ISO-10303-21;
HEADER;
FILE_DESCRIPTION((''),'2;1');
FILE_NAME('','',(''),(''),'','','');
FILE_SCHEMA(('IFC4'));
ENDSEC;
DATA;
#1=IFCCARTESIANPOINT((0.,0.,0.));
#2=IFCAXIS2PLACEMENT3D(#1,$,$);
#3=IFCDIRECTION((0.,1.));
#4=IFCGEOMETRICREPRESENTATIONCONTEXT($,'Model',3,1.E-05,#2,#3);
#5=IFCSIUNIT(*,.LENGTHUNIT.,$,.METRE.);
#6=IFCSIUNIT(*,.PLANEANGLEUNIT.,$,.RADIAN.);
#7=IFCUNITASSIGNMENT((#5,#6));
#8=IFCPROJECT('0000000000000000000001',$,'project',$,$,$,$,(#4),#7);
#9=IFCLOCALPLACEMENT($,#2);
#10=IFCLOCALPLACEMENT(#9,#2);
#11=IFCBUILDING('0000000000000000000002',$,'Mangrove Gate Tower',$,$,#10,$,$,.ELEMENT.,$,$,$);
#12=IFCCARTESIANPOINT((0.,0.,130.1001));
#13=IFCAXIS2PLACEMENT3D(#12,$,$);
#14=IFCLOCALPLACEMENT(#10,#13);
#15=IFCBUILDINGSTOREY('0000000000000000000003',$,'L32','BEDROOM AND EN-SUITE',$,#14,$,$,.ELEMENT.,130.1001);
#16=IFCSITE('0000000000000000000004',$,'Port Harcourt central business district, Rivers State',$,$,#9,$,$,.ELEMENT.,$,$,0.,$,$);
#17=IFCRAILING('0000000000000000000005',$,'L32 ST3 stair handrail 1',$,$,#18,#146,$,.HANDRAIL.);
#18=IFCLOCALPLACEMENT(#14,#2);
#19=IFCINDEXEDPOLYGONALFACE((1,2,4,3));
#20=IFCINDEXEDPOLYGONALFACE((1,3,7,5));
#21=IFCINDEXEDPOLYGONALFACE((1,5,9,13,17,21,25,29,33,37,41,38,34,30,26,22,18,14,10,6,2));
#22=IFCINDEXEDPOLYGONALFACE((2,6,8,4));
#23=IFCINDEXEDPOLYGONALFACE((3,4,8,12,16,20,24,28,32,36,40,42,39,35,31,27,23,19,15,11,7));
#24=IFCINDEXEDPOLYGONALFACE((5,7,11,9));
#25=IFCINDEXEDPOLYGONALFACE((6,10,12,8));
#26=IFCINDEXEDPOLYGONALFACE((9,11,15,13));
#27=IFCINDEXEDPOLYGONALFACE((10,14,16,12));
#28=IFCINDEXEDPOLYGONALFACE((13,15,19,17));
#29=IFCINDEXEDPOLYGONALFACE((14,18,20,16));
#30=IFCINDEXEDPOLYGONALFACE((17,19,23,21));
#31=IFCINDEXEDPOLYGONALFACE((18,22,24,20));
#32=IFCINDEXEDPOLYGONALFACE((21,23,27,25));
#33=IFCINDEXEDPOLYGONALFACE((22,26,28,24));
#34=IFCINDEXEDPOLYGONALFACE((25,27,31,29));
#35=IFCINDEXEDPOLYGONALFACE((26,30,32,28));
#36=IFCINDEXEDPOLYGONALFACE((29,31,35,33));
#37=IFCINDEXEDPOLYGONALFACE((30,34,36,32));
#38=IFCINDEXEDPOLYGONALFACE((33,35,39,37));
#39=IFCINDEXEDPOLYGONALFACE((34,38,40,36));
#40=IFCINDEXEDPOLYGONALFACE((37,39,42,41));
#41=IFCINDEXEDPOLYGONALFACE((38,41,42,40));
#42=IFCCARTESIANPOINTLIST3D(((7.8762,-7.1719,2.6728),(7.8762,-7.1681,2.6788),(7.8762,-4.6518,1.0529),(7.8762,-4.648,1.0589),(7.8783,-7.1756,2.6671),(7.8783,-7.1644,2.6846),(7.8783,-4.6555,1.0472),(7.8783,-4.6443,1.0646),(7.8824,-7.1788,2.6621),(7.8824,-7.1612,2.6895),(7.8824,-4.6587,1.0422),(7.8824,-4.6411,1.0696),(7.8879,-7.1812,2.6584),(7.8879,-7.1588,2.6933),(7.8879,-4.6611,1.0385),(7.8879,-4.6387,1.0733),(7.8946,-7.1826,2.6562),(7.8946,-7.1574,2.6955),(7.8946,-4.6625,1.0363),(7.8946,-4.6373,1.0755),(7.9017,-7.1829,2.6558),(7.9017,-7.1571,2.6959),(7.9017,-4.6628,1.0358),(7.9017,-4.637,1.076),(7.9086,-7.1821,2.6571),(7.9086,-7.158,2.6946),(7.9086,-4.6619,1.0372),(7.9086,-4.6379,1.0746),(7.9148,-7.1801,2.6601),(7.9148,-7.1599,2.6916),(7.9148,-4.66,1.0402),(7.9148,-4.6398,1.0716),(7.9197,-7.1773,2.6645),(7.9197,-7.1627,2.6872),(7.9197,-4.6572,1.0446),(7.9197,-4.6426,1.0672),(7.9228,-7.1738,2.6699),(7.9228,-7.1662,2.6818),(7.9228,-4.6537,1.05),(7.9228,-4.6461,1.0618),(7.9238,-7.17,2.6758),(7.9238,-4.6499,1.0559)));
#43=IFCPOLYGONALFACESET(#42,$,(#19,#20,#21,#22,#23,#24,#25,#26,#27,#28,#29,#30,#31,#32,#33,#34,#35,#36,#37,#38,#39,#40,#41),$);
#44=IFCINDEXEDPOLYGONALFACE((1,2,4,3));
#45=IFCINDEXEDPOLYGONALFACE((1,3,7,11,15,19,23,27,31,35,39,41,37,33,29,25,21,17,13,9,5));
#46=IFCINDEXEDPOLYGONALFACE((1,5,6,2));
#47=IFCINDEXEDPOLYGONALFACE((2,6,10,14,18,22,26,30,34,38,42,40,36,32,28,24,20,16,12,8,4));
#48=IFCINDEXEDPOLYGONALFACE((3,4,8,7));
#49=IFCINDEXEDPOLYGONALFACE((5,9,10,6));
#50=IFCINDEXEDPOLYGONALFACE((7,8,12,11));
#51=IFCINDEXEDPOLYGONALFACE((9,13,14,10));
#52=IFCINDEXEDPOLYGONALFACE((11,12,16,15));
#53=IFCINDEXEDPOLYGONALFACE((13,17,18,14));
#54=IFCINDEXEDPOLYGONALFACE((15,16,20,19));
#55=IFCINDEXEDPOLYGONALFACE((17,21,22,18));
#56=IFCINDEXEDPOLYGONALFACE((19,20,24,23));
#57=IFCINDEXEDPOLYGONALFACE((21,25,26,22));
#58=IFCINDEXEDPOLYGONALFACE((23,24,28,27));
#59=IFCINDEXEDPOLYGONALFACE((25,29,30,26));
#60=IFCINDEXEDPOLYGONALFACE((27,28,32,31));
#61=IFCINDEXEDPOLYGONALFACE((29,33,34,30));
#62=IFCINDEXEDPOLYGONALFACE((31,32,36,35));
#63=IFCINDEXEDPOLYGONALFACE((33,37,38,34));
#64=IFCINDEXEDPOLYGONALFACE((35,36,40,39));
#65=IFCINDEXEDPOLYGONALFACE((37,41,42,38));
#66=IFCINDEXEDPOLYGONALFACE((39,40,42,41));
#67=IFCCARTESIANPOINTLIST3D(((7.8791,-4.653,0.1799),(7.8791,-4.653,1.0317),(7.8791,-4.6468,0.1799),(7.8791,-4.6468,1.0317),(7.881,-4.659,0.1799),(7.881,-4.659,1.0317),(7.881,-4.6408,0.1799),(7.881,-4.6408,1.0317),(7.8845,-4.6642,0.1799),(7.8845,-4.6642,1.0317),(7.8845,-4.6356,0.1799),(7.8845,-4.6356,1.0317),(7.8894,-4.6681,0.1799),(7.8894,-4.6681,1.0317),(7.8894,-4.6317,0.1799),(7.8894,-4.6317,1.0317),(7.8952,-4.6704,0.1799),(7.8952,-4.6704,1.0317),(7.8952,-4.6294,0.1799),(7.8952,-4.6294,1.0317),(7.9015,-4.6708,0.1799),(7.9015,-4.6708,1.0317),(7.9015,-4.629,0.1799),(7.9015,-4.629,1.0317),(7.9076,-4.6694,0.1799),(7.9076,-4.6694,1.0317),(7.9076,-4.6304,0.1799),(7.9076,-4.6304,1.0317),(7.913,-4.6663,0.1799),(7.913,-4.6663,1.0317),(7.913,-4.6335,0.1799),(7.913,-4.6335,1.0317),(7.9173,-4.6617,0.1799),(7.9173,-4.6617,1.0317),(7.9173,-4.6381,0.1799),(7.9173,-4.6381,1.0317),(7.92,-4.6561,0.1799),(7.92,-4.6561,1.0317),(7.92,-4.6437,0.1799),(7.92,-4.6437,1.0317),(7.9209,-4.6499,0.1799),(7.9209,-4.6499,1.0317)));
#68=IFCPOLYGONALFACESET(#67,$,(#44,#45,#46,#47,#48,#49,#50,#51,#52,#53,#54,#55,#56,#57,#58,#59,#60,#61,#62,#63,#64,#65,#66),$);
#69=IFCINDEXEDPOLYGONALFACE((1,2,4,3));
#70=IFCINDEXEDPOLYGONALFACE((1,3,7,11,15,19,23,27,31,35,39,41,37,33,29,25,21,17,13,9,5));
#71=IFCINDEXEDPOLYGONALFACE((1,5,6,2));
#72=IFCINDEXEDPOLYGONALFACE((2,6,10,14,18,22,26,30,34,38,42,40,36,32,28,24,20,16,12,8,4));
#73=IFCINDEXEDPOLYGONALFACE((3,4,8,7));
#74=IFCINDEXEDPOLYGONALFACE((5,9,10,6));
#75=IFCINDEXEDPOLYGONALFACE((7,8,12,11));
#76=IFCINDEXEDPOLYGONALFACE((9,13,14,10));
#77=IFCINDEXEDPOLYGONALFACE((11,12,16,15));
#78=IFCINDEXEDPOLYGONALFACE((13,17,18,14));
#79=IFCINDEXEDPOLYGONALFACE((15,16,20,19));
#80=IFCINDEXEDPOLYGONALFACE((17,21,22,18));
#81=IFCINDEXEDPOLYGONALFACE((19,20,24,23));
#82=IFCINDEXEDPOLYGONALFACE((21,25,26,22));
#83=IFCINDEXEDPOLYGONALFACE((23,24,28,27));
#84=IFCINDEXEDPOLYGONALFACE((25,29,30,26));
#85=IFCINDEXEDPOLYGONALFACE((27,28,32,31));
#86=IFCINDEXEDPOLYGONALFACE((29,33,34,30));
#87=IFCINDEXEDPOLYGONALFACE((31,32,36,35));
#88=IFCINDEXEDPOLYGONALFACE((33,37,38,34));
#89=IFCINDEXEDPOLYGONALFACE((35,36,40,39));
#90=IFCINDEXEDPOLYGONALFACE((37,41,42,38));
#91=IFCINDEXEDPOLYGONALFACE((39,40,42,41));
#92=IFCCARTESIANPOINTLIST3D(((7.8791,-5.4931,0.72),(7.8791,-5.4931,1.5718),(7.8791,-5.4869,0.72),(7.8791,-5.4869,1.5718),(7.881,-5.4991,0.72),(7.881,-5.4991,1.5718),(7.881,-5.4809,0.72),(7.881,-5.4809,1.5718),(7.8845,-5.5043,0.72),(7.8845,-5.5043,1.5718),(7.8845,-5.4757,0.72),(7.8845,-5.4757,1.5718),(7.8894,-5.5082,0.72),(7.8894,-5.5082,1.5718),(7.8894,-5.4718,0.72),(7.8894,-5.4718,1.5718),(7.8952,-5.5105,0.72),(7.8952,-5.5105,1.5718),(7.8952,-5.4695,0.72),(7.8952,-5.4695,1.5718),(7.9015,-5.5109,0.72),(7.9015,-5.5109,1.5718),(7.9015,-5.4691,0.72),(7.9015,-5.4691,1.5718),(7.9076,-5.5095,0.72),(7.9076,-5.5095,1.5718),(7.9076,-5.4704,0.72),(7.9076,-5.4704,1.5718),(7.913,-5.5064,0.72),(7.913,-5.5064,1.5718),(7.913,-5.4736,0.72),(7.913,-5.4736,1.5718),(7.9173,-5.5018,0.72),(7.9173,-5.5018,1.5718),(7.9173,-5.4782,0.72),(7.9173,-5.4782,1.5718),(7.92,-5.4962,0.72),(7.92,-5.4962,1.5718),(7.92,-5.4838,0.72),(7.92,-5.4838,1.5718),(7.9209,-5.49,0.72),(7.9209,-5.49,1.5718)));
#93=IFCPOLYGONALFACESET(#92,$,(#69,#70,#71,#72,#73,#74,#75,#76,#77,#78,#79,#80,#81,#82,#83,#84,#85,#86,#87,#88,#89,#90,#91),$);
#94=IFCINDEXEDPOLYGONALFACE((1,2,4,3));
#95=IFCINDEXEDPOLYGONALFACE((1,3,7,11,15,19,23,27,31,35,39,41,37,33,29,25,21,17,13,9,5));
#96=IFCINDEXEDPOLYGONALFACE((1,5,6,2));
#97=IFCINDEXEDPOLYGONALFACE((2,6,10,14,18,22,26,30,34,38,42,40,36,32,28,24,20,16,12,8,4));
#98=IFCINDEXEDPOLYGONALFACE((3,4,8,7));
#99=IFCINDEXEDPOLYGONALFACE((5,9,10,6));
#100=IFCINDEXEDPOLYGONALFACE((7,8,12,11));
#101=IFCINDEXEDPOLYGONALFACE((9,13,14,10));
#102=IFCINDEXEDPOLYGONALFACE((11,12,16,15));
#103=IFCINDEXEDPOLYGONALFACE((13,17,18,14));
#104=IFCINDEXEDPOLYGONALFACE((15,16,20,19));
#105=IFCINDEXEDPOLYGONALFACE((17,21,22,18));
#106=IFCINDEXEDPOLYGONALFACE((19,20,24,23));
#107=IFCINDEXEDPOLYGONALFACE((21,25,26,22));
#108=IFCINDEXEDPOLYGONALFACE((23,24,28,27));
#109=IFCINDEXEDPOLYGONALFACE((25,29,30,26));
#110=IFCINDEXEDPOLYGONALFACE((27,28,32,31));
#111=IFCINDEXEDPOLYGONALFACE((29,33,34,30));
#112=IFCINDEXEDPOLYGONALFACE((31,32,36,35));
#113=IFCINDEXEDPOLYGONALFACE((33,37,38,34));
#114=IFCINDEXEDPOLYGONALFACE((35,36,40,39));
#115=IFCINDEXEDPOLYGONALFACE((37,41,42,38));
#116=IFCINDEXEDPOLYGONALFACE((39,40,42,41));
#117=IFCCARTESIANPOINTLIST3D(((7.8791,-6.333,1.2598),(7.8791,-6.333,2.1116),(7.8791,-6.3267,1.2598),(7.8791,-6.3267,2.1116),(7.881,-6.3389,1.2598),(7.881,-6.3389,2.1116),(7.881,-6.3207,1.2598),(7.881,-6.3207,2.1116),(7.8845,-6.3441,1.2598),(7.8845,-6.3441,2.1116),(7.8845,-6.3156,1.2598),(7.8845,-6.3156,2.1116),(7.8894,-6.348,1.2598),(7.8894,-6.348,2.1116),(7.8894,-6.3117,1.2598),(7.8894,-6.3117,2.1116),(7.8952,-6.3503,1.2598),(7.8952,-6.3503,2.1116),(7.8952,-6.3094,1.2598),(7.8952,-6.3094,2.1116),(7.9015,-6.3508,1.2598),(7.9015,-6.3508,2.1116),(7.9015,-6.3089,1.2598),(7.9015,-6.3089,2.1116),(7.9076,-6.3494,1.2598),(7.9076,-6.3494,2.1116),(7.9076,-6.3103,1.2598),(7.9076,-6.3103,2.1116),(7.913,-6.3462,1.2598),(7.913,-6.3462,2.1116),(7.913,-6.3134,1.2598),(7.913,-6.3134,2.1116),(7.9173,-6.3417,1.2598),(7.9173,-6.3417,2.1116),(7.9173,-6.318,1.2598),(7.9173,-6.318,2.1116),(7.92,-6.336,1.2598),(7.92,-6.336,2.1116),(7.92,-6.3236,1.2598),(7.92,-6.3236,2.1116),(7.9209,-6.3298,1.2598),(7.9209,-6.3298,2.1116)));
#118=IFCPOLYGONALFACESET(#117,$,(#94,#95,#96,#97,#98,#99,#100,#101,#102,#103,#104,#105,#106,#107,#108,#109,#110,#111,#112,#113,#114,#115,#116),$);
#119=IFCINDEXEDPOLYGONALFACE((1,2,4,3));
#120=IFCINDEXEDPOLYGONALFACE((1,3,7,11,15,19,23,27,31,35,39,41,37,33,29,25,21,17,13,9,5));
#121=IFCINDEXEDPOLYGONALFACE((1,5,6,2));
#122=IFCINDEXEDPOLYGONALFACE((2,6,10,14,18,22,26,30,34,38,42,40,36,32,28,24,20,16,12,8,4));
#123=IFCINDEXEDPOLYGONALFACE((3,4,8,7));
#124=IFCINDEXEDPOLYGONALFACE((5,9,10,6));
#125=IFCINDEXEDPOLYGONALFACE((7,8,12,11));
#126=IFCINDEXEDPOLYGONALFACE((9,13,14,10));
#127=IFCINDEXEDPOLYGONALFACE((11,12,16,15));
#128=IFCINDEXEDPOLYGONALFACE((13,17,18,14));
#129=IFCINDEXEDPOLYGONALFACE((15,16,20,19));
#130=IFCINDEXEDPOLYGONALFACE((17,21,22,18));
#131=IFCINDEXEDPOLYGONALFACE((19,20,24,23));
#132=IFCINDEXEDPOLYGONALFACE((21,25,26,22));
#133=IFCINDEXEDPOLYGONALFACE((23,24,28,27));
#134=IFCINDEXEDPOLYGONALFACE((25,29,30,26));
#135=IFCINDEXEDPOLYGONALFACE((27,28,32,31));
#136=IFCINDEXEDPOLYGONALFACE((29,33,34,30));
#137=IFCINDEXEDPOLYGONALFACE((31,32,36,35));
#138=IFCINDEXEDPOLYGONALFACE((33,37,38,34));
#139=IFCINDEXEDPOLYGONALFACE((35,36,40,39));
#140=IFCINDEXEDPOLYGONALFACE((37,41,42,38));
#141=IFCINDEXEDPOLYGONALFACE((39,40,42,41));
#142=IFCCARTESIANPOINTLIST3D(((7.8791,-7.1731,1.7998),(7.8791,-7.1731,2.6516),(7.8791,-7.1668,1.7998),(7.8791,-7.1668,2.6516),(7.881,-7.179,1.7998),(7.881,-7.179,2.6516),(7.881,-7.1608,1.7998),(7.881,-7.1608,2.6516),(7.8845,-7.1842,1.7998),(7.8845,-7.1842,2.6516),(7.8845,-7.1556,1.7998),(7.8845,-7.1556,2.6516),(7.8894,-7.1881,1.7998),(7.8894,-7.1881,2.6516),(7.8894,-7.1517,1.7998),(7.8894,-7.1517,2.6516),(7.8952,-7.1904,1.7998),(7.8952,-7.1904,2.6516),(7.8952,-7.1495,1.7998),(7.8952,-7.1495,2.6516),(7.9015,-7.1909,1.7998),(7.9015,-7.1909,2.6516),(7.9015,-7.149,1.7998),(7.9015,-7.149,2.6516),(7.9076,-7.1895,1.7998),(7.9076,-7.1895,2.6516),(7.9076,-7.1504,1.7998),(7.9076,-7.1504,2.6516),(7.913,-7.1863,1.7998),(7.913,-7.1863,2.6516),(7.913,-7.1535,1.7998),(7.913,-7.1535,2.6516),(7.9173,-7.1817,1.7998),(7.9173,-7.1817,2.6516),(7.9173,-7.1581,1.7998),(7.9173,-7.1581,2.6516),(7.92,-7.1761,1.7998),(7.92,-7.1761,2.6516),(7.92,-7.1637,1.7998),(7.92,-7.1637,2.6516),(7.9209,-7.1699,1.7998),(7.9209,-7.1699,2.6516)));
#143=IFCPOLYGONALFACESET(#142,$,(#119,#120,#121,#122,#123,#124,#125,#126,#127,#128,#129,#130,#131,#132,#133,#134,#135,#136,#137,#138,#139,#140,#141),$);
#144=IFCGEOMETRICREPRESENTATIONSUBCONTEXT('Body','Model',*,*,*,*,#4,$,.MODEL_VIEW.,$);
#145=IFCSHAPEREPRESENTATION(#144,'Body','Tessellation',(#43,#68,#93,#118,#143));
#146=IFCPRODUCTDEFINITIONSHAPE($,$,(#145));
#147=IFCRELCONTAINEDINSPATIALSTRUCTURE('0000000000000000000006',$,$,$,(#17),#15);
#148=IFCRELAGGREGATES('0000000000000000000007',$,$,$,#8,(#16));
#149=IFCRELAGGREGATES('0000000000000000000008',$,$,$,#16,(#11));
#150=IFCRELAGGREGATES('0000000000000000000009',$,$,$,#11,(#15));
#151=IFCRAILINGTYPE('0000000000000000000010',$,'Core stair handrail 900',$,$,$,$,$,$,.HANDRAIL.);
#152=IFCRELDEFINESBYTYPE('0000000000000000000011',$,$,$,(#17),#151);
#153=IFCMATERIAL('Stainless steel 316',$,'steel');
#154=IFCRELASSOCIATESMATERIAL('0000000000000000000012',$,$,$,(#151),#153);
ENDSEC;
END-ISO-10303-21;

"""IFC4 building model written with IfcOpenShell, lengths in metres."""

from ifc_helpers import new_model, si_unit, direction, frame, origin, origin_2d, place, context, subcontext, project, spatial, circle, extrude, material, type_object, element, save


model = new_model("IFC4")

# Units and contexts
model_context = context("Model", 3, precision=1e-05, world=origin(), true_north=direction((0.0, 1.0)))
body_context = subcontext(model_context, "Body", "Model", "MODEL_VIEW")
ifc_project = project(units=[si_unit("LENGTHUNIT", "METRE"), si_unit("PLANEANGLEUNIT", "RADIAN")], contexts=[model_context])

# Site, building, storey
site_placement = place(None, origin())
site = spatial("IfcSite", under=ifc_project, at=site_placement, Name="Port Harcourt central business district, Rivers State", CompositionType="ELEMENT", RefElevation=0.0)
building_placement = place(site_placement, origin())
building = spatial("IfcBuilding", under=site, at=building_placement, Name="Mangrove Gate Tower", CompositionType="ELEMENT")
storey_placement = place(building_placement, frame((0.0, 0.0, 130.1001)))
storey = spatial("IfcBuildingStorey", under=building, at=storey_placement, Name="L32", Description="BEDROOM AND EN-SUITE", CompositionType="ELEMENT", Elevation=130.1001)

# Railing
ifc_material_1 = material(Name="Stainless steel 316", Category="steel")
railing_type_1 = type_object("IfcRailingType", Name="Core stair handrail 900", PredefinedType="HANDRAIL", material=ifc_material_1)
railing_1_placement = place(storey_placement, frame((7.8999, -4.6499, 0.1799)))
element("IfcRailing", 1, at=railing_1_placement, inside=storey, type_object=railing_type_1, Name="L32 ST3 stair handrail 1", PredefinedType="HANDRAIL", context=body_context, shape_type="SweptSolid", body=[
    extrude(circle(Radius=0.0239, at=origin_2d()), frame((0.0, 0.0, 0.876), z_axis=(0.0, -0.8412, 0.540725), x_axis=(1.0, 0.0, 0.0)), (0.0, 0.0, 1.0), 2.9958),
    extrude(circle(Radius=0.021, at=origin_2d()), origin(), (0.0, 0.0, 1.0), 0.8518),
    extrude(circle(Radius=0.021, at=origin_2d()), frame((0.0, -0.8401, 0.54)), (0.0, 0.0, 1.0), 0.8518),
    extrude(circle(Radius=0.021, at=origin_2d()), frame((0.0, -1.6799, 1.0798)), (0.0, 0.0, 1.0), 0.8518),
    extrude(circle(Radius=0.021, at=origin_2d()), frame((0.0, -2.52, 1.6199)), (0.0, 0.0, 1.0), 0.8518),
])

save(model, "model.ifc")
